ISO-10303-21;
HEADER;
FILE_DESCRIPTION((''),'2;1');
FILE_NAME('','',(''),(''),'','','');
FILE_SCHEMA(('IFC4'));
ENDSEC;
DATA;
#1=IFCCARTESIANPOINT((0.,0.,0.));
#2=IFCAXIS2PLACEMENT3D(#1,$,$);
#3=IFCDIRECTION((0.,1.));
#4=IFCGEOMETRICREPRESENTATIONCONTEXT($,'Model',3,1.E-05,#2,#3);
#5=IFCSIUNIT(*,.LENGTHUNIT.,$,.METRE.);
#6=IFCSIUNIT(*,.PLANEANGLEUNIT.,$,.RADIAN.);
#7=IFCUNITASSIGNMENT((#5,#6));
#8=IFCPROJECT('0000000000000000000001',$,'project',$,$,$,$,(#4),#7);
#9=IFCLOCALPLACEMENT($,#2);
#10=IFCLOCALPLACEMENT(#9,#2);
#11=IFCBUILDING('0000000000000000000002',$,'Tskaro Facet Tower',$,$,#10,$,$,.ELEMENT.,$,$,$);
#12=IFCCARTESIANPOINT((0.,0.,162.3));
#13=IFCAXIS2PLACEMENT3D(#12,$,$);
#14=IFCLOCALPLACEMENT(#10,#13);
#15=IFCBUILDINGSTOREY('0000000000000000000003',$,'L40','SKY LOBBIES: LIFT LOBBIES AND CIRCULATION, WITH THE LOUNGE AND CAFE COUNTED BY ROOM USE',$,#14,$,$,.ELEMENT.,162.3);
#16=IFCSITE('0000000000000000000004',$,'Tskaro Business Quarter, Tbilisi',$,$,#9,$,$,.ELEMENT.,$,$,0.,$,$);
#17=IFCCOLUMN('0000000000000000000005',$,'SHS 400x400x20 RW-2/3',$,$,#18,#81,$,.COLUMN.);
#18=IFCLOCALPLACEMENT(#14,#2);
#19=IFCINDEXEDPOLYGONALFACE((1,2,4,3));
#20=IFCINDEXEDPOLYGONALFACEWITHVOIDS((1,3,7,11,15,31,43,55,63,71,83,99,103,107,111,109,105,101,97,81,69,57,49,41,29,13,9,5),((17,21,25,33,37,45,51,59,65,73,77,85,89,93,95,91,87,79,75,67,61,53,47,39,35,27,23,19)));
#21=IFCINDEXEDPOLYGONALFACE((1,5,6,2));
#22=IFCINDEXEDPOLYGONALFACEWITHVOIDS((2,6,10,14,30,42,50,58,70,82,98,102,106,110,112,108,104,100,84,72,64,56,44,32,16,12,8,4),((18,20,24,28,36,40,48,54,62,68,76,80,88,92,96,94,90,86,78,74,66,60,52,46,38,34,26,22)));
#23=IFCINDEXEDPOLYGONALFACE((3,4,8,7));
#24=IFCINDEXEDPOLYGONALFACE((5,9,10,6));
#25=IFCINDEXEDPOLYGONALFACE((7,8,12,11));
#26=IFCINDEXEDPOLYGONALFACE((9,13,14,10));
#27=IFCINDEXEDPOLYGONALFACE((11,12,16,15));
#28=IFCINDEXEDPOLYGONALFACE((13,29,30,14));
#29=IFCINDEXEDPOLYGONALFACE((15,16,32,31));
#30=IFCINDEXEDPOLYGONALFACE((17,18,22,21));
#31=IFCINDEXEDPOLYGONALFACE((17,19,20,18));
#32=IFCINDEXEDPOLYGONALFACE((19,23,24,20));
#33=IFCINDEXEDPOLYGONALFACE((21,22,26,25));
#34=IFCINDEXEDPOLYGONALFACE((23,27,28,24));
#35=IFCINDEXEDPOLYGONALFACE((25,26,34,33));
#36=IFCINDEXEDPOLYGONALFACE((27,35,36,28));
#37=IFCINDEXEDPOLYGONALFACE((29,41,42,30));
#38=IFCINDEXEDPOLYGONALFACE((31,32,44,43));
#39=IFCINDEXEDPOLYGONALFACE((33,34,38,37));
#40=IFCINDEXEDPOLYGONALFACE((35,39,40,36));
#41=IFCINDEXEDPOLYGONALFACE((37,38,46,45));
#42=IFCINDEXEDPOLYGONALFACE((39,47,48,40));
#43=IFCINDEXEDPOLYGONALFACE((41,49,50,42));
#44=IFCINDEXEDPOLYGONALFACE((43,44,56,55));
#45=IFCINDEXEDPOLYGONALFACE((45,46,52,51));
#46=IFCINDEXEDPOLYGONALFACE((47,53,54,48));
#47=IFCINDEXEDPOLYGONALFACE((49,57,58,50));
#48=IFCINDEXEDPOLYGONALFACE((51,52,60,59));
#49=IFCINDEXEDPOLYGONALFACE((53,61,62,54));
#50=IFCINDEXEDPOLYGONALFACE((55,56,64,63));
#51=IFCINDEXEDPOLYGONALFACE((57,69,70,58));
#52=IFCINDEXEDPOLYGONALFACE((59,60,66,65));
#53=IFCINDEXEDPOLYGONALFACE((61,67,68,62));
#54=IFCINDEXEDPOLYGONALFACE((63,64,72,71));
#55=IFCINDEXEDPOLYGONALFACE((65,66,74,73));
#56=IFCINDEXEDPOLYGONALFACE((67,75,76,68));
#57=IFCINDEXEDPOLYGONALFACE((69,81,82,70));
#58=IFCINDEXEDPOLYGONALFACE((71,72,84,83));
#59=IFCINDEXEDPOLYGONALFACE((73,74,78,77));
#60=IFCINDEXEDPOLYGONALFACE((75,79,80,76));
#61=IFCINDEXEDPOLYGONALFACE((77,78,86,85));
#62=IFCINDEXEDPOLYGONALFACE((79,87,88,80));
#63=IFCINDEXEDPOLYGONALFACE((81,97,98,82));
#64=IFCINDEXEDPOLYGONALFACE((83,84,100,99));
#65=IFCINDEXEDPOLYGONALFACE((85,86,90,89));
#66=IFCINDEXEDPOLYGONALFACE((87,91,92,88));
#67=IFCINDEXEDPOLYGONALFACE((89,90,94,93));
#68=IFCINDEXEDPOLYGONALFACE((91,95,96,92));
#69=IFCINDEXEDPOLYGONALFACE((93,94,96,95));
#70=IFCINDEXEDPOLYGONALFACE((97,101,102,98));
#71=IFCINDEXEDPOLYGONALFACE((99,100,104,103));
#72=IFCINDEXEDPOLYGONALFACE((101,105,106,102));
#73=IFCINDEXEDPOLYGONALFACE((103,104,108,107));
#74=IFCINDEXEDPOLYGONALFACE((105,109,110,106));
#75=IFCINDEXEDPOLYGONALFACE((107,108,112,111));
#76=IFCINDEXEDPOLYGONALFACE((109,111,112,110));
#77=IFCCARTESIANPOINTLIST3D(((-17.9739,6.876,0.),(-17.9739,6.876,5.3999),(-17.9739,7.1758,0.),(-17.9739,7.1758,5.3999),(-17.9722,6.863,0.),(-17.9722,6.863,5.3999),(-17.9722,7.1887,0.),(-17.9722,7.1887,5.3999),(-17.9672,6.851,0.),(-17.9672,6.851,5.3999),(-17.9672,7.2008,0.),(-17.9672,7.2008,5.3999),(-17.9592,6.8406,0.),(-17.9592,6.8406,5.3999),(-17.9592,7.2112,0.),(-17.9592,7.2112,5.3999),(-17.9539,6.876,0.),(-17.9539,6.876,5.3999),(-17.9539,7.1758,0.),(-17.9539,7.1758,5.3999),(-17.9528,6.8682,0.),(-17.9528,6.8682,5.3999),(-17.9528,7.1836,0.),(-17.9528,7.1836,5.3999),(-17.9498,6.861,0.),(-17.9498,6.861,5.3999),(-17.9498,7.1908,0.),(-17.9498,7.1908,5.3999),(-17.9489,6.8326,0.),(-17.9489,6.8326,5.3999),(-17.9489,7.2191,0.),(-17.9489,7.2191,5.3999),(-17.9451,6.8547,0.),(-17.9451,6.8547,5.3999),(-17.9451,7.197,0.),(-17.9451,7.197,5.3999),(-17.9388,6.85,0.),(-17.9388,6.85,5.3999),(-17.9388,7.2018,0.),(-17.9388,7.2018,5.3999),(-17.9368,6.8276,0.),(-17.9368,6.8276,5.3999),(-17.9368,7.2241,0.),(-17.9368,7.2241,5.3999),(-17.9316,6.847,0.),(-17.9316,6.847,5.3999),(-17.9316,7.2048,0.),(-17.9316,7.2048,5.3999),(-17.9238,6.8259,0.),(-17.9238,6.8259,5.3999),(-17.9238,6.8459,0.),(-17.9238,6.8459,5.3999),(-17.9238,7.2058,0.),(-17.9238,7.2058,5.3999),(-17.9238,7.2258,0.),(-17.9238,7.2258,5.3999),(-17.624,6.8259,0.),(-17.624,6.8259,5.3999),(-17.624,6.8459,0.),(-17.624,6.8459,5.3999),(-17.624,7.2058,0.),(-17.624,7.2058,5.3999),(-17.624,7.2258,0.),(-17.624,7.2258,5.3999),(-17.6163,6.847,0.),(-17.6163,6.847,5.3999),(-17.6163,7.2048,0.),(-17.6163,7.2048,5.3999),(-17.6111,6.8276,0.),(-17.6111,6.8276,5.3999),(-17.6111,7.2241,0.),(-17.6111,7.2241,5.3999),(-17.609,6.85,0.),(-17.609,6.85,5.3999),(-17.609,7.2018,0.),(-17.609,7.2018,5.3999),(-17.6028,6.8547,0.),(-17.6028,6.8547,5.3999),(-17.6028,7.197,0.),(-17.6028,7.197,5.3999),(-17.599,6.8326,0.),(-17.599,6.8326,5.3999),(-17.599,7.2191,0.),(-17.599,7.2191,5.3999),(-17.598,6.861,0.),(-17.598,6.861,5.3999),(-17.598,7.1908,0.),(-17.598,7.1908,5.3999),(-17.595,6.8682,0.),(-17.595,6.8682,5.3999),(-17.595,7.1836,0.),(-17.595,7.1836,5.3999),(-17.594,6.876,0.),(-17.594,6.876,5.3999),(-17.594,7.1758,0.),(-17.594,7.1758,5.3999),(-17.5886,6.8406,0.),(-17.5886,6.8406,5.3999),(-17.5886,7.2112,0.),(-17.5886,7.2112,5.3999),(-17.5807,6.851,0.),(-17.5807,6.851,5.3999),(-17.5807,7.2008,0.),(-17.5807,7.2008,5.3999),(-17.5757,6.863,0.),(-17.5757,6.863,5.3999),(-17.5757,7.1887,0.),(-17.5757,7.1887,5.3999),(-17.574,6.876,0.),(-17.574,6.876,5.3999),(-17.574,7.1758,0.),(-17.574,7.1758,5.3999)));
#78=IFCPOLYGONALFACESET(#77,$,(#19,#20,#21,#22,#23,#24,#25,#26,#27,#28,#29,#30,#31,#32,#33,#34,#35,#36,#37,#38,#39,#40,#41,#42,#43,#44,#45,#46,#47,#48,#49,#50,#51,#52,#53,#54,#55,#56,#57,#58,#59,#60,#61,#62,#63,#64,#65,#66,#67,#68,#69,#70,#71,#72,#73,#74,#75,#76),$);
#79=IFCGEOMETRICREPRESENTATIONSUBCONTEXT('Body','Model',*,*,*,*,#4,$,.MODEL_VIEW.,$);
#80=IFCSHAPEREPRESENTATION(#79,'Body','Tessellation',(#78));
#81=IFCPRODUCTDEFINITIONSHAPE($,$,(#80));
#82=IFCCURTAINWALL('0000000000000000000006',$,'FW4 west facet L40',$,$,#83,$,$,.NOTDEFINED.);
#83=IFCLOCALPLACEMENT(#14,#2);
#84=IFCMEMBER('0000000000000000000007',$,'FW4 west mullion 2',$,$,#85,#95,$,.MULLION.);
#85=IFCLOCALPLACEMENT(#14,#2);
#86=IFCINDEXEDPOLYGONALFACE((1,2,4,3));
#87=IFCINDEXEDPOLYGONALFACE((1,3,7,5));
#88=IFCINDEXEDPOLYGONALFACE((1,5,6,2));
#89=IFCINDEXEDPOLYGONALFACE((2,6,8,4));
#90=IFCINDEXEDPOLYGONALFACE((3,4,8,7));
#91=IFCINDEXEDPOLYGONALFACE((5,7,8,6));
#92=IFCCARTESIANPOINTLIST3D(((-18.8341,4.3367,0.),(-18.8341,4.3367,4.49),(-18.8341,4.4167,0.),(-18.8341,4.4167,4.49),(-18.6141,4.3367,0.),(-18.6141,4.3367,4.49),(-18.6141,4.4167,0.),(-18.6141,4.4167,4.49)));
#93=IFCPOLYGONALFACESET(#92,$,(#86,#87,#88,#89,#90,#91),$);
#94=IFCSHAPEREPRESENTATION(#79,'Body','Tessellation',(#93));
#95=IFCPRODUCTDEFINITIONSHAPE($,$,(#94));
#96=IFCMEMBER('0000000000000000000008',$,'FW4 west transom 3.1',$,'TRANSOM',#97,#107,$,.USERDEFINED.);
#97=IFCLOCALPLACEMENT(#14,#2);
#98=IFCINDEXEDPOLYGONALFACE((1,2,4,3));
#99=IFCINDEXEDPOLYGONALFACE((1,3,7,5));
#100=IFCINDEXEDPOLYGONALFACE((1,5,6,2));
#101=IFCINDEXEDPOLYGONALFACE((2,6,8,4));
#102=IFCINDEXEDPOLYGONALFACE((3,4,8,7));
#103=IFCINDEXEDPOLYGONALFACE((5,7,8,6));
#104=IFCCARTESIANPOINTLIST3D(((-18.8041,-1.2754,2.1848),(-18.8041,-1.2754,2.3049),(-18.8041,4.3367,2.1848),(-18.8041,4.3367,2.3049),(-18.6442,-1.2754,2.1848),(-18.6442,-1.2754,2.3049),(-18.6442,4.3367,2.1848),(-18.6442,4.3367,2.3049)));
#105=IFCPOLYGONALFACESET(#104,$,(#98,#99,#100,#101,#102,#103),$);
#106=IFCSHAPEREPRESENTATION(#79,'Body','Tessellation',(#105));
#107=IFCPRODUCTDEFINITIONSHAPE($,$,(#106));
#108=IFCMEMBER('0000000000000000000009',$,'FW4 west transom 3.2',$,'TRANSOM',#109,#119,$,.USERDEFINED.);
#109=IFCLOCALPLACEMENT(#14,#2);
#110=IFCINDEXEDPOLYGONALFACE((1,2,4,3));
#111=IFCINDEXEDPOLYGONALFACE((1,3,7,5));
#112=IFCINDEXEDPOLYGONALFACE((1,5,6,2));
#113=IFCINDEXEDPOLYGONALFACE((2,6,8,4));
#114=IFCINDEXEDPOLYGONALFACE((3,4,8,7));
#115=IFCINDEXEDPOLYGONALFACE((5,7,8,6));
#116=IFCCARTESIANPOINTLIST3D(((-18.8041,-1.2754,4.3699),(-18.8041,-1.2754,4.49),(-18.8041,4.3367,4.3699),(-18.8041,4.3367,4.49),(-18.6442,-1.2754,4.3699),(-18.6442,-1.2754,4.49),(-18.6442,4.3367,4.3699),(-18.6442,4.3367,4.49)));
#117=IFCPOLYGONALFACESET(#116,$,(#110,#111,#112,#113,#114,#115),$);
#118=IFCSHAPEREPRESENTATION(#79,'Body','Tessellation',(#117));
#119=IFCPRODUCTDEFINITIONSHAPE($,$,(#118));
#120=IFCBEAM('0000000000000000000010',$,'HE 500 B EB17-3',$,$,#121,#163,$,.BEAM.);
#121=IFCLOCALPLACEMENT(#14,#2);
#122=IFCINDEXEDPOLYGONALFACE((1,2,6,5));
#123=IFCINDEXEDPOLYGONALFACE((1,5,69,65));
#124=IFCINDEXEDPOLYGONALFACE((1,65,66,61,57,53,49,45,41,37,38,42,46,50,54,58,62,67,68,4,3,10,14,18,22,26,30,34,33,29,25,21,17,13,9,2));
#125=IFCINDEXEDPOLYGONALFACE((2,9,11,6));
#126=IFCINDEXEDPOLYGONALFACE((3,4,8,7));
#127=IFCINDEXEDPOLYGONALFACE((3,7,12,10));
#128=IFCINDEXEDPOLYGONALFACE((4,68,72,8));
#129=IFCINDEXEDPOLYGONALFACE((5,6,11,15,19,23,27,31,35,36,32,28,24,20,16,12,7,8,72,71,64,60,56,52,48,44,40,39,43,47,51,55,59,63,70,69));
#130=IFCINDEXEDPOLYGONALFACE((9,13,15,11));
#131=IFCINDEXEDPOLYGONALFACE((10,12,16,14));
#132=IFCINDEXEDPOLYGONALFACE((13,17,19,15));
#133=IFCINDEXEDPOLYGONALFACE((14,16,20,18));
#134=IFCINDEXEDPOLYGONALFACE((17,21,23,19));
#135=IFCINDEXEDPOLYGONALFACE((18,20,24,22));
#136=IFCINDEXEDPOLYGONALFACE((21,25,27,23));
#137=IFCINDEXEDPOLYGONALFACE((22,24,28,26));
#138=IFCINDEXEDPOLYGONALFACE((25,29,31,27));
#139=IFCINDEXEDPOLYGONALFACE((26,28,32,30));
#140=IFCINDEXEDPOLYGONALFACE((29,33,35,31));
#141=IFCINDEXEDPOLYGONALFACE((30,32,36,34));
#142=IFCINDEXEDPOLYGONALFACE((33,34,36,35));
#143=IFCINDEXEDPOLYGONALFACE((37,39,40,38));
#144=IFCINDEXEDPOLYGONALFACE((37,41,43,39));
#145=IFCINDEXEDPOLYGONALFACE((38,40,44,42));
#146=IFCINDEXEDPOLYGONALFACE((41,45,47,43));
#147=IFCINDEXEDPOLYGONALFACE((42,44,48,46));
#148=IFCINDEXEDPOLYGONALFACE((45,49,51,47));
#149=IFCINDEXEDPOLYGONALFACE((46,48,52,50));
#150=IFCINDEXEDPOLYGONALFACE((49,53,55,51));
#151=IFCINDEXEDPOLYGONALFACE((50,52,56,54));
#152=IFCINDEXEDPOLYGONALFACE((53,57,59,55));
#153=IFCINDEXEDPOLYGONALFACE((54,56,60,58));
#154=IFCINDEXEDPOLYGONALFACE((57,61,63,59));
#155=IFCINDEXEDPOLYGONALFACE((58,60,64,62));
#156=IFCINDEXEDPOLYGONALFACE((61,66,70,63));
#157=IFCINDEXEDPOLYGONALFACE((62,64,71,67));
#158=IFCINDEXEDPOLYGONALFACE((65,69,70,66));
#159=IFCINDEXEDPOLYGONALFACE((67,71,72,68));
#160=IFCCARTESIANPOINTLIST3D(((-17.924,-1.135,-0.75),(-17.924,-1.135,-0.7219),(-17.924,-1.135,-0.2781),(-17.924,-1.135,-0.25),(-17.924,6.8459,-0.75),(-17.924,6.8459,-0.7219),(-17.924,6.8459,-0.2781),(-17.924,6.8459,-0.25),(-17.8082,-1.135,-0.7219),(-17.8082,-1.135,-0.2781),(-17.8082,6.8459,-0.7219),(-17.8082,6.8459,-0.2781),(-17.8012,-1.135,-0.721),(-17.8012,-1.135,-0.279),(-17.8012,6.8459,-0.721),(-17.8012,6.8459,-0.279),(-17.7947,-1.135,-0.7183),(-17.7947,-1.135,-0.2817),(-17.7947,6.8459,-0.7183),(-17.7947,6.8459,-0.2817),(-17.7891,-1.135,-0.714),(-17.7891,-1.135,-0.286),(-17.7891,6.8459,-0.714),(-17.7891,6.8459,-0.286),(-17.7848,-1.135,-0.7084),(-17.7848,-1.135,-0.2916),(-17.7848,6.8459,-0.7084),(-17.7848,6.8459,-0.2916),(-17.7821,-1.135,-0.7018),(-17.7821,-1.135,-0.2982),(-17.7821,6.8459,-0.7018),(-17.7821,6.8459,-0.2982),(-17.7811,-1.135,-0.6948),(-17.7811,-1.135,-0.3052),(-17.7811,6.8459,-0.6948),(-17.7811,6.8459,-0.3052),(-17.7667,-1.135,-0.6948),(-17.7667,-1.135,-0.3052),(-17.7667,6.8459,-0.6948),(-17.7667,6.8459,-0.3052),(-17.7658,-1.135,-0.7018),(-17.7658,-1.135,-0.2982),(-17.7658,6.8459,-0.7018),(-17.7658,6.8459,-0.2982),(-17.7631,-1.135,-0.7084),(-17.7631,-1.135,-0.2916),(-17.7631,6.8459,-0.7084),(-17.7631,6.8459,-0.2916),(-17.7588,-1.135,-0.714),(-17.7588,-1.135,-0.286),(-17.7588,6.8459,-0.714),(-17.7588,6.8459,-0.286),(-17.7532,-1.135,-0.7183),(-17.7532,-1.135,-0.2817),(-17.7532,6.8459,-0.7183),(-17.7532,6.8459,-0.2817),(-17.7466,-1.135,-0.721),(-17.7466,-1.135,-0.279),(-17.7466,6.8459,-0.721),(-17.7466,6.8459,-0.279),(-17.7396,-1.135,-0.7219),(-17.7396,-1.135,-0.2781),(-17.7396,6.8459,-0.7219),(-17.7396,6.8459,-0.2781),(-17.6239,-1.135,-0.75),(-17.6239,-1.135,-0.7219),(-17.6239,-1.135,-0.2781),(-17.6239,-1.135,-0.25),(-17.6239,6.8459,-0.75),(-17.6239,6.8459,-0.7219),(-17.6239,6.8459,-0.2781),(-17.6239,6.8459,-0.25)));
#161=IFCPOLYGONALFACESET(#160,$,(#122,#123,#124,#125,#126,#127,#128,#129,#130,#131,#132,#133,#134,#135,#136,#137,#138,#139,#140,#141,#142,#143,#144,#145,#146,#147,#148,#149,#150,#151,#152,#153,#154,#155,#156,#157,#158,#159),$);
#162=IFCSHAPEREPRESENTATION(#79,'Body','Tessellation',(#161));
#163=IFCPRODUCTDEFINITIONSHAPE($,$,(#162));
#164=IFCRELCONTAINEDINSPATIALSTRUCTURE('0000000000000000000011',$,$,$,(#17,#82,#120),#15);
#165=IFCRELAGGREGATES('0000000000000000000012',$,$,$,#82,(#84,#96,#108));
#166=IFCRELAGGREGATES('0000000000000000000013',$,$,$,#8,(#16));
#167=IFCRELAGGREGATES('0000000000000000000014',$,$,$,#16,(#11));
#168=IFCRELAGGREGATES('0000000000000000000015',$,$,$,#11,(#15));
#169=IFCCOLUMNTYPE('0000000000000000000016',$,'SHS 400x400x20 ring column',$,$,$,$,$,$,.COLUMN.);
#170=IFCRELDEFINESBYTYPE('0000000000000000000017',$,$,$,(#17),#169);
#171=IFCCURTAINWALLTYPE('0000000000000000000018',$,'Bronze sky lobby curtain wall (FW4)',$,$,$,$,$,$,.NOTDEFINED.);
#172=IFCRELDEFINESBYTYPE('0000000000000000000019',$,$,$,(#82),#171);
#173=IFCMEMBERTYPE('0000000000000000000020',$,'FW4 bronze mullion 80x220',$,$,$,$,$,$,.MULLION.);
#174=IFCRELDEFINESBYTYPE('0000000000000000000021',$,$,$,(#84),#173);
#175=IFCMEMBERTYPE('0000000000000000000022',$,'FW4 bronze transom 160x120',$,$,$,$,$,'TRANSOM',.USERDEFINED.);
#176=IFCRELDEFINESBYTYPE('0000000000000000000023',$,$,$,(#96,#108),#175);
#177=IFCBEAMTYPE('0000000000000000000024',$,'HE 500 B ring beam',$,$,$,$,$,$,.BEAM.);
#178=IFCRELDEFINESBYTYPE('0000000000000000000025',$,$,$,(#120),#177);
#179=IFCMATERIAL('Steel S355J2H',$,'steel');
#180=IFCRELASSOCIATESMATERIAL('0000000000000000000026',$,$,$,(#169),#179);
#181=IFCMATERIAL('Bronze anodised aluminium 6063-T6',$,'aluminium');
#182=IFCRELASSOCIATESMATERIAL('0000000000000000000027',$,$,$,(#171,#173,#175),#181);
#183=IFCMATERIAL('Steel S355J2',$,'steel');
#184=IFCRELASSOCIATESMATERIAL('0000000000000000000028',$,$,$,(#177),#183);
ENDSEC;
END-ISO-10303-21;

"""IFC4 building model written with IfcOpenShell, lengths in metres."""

from ifc_helpers import new_model, si_unit, direction, frame, origin, origin_2d, place, context, subcontext, project, spatial, rectangle, hollow_rectangle, i_section, extrude, material, material_profile, profile_set, type_object, element, aggregate, save


model = new_model("IFC4")

# Units and contexts
model_context = context("Model", 3, precision=1e-05, world=origin(), true_north=direction((0.0, 1.0)))
body_context = subcontext(model_context, "Body", "Model", "MODEL_VIEW")
ifc_project = project(units=[si_unit("LENGTHUNIT", "METRE"), si_unit("PLANEANGLEUNIT", "RADIAN")], contexts=[model_context])

# Site, building, storey
site_placement = place(None, origin())
site = spatial("IfcSite", under=ifc_project, at=site_placement, Name="Tskaro Business Quarter, Tbilisi", CompositionType="ELEMENT", RefElevation=0.0)
building_placement = place(site_placement, origin())
building = spatial("IfcBuilding", under=site, at=building_placement, Name="Tskaro Facet Tower", CompositionType="ELEMENT")
storey_placement = place(building_placement, frame((0.0, 0.0, 162.3)))
storey = spatial("IfcBuildingStorey", under=building, at=storey_placement, Name="L40", Description="SKY LOBBIES: LIFT LOBBIES AND CIRCULATION, WITH THE LOUNGE AND CAFE COUNTED BY ROOM USE", CompositionType="ELEMENT", Elevation=162.3)

# Column
ifc_material_1 = material(Name="Steel S355J2H", Category="steel")
ifc_material_profile_1 = material_profile(ifc_material_1, hollow_rectangle(XDim=0.3999, YDim=0.3999, WallThickness=0.02, InnerFilletRadius=0.03, OuterFilletRadius=0.05, at=origin_2d()), Name="SHS 400x400x20")
ifc_profile_set_1 = profile_set([ifc_material_profile_1], Name="Steel S355J2H")
column_type = type_object("IfcColumnType", Name="SHS 400x400x20 ring column", PredefinedType="COLUMN", material=ifc_profile_set_1)
column_placement = place(storey_placement, frame((-17.7739, 7.0259, 0.0), z_axis=(0.0, 0.0, 1.0), x_axis=(1.0, 0.0, 0.0)))
element("IfcColumn", 1, at=column_placement, inside=storey, type_object=column_type, Name="SHS 400x400x20 RW-2/3", PredefinedType="COLUMN", context=body_context, shape_type="SweptSolid", body=[
    extrude(hollow_rectangle(XDim=0.3999, YDim=0.3999, WallThickness=0.02, InnerFilletRadius=0.03, OuterFilletRadius=0.05, at=origin_2d()), origin(), (0.0, 0.0, 1.0), 5.3999),
])

# Curtain wall, members
ifc_material_2 = material(Name="Bronze anodised aluminium 6063-T6", Category="aluminium")
curtain_wall_type = type_object("IfcCurtainWallType", Name="Bronze sky lobby curtain wall (FW4)", PredefinedType="NOTDEFINED", material=ifc_material_2)
curtain_wall_placement = place(storey_placement, origin())
curtain_wall = element("IfcCurtainWall", 2, at=curtain_wall_placement, inside=storey, type_object=curtain_wall_type, Name="FW4 west facet L40", PredefinedType="NOTDEFINED")
ifc_material_profile_2 = material_profile(ifc_material_2, rectangle(XDim=0.0801, YDim=0.22, at=origin_2d()), Name="Mullion 80x220")
ifc_profile_set_2 = profile_set([ifc_material_profile_2], Name="Bronze anodised aluminium 6063-T6")
member_type_1 = type_object("IfcMemberType", Name="FW4 bronze mullion 80x220", PredefinedType="MULLION", material=ifc_profile_set_2)
member_1_placement = place(storey_placement, frame((-18.7241, 4.3767, 0.0), z_axis=(0.0, 0.0, 1.0), x_axis=(0.0, -1.0, 0.0)))
member_1 = element("IfcMember", 3, at=member_1_placement, type_object=member_type_1, Name="FW4 west mullion 2", PredefinedType="MULLION", context=body_context, shape_type="SweptSolid", body=[
    extrude(rectangle(XDim=0.0801, YDim=0.22, at=origin_2d()), origin(), (0.0, 0.0, 1.0), 4.49),
])
ifc_material_profile_3 = material_profile(ifc_material_2, rectangle(XDim=0.1599, YDim=0.1201, at=origin_2d()), Name="Transom 160x120")
ifc_profile_set_3 = profile_set([ifc_material_profile_3], Name="Bronze anodised aluminium 6063-T6")
member_type_2 = type_object("IfcMemberType", Name="FW4 bronze transom 160x120", ElementType="TRANSOM", PredefinedType="USERDEFINED", material=ifc_profile_set_3)
member_2_placement = place(storey_placement, frame((-18.7241, 4.3367, 2.2449), z_axis=(0.0, -1.0, 0.0), x_axis=(1.0, 0.0, 0.0)))
member_2 = element("IfcMember", 4, at=member_2_placement, type_object=member_type_2, Name="FW4 west transom 3.1", ObjectType="TRANSOM", PredefinedType="USERDEFINED", context=body_context, shape_type="SweptSolid", body=[
    extrude(rectangle(XDim=0.1599, YDim=0.1201, at=origin_2d()), origin(), (0.0, 0.0, 1.0), 5.6121),
])
member_3_placement = place(storey_placement, frame((-18.7241, 4.3367, 4.4299), z_axis=(0.0, -1.0, 0.0), x_axis=(1.0, 0.0, 0.0)))
member_3 = element("IfcMember", 5, at=member_3_placement, type_object=member_type_2, Name="FW4 west transom 3.2", ObjectType="TRANSOM", PredefinedType="USERDEFINED", context=body_context, shape_type="SweptSolid", body=[
    extrude(rectangle(XDim=0.1599, YDim=0.1201, at=origin_2d()), origin(), (0.0, 0.0, 1.0), 5.6121),
])

# Beam
ifc_material_3 = material(Name="Steel S355J2", Category="steel")
ifc_material_profile_4 = material_profile(ifc_material_3, i_section(OverallWidth=0.3, OverallDepth=0.5, WebThickness=0.0144, FlangeThickness=0.0281, FilletRadius=0.0271, at=origin_2d()), Name="HE 500 B")
ifc_profile_set_4 = profile_set([ifc_material_profile_4], Name="Steel S355J2")
beam_type_1 = type_object("IfcBeamType", Name="HE 500 B ring beam", PredefinedType="BEAM", material=ifc_profile_set_4)
beam_1_placement = place(storey_placement, frame((-17.7739, 6.8459, -0.5), z_axis=(0.0, -1.0, 0.0), x_axis=(1.0, 0.0, 0.0)))
element("IfcBeam", 6, at=beam_1_placement, inside=storey, type_object=beam_type_1, Name="HE 500 B EB17-3", PredefinedType="BEAM", context=body_context, shape_type="SweptSolid", body=[
    extrude(i_section(OverallWidth=0.3, OverallDepth=0.5, WebThickness=0.0144, FlangeThickness=0.0281, FilletRadius=0.0271, at=origin_2d()), origin(), (0.0, 0.0, 1.0), 7.981),
])

aggregate(curtain_wall, [member_1, member_2, member_3])

save(model, "model.ifc")
